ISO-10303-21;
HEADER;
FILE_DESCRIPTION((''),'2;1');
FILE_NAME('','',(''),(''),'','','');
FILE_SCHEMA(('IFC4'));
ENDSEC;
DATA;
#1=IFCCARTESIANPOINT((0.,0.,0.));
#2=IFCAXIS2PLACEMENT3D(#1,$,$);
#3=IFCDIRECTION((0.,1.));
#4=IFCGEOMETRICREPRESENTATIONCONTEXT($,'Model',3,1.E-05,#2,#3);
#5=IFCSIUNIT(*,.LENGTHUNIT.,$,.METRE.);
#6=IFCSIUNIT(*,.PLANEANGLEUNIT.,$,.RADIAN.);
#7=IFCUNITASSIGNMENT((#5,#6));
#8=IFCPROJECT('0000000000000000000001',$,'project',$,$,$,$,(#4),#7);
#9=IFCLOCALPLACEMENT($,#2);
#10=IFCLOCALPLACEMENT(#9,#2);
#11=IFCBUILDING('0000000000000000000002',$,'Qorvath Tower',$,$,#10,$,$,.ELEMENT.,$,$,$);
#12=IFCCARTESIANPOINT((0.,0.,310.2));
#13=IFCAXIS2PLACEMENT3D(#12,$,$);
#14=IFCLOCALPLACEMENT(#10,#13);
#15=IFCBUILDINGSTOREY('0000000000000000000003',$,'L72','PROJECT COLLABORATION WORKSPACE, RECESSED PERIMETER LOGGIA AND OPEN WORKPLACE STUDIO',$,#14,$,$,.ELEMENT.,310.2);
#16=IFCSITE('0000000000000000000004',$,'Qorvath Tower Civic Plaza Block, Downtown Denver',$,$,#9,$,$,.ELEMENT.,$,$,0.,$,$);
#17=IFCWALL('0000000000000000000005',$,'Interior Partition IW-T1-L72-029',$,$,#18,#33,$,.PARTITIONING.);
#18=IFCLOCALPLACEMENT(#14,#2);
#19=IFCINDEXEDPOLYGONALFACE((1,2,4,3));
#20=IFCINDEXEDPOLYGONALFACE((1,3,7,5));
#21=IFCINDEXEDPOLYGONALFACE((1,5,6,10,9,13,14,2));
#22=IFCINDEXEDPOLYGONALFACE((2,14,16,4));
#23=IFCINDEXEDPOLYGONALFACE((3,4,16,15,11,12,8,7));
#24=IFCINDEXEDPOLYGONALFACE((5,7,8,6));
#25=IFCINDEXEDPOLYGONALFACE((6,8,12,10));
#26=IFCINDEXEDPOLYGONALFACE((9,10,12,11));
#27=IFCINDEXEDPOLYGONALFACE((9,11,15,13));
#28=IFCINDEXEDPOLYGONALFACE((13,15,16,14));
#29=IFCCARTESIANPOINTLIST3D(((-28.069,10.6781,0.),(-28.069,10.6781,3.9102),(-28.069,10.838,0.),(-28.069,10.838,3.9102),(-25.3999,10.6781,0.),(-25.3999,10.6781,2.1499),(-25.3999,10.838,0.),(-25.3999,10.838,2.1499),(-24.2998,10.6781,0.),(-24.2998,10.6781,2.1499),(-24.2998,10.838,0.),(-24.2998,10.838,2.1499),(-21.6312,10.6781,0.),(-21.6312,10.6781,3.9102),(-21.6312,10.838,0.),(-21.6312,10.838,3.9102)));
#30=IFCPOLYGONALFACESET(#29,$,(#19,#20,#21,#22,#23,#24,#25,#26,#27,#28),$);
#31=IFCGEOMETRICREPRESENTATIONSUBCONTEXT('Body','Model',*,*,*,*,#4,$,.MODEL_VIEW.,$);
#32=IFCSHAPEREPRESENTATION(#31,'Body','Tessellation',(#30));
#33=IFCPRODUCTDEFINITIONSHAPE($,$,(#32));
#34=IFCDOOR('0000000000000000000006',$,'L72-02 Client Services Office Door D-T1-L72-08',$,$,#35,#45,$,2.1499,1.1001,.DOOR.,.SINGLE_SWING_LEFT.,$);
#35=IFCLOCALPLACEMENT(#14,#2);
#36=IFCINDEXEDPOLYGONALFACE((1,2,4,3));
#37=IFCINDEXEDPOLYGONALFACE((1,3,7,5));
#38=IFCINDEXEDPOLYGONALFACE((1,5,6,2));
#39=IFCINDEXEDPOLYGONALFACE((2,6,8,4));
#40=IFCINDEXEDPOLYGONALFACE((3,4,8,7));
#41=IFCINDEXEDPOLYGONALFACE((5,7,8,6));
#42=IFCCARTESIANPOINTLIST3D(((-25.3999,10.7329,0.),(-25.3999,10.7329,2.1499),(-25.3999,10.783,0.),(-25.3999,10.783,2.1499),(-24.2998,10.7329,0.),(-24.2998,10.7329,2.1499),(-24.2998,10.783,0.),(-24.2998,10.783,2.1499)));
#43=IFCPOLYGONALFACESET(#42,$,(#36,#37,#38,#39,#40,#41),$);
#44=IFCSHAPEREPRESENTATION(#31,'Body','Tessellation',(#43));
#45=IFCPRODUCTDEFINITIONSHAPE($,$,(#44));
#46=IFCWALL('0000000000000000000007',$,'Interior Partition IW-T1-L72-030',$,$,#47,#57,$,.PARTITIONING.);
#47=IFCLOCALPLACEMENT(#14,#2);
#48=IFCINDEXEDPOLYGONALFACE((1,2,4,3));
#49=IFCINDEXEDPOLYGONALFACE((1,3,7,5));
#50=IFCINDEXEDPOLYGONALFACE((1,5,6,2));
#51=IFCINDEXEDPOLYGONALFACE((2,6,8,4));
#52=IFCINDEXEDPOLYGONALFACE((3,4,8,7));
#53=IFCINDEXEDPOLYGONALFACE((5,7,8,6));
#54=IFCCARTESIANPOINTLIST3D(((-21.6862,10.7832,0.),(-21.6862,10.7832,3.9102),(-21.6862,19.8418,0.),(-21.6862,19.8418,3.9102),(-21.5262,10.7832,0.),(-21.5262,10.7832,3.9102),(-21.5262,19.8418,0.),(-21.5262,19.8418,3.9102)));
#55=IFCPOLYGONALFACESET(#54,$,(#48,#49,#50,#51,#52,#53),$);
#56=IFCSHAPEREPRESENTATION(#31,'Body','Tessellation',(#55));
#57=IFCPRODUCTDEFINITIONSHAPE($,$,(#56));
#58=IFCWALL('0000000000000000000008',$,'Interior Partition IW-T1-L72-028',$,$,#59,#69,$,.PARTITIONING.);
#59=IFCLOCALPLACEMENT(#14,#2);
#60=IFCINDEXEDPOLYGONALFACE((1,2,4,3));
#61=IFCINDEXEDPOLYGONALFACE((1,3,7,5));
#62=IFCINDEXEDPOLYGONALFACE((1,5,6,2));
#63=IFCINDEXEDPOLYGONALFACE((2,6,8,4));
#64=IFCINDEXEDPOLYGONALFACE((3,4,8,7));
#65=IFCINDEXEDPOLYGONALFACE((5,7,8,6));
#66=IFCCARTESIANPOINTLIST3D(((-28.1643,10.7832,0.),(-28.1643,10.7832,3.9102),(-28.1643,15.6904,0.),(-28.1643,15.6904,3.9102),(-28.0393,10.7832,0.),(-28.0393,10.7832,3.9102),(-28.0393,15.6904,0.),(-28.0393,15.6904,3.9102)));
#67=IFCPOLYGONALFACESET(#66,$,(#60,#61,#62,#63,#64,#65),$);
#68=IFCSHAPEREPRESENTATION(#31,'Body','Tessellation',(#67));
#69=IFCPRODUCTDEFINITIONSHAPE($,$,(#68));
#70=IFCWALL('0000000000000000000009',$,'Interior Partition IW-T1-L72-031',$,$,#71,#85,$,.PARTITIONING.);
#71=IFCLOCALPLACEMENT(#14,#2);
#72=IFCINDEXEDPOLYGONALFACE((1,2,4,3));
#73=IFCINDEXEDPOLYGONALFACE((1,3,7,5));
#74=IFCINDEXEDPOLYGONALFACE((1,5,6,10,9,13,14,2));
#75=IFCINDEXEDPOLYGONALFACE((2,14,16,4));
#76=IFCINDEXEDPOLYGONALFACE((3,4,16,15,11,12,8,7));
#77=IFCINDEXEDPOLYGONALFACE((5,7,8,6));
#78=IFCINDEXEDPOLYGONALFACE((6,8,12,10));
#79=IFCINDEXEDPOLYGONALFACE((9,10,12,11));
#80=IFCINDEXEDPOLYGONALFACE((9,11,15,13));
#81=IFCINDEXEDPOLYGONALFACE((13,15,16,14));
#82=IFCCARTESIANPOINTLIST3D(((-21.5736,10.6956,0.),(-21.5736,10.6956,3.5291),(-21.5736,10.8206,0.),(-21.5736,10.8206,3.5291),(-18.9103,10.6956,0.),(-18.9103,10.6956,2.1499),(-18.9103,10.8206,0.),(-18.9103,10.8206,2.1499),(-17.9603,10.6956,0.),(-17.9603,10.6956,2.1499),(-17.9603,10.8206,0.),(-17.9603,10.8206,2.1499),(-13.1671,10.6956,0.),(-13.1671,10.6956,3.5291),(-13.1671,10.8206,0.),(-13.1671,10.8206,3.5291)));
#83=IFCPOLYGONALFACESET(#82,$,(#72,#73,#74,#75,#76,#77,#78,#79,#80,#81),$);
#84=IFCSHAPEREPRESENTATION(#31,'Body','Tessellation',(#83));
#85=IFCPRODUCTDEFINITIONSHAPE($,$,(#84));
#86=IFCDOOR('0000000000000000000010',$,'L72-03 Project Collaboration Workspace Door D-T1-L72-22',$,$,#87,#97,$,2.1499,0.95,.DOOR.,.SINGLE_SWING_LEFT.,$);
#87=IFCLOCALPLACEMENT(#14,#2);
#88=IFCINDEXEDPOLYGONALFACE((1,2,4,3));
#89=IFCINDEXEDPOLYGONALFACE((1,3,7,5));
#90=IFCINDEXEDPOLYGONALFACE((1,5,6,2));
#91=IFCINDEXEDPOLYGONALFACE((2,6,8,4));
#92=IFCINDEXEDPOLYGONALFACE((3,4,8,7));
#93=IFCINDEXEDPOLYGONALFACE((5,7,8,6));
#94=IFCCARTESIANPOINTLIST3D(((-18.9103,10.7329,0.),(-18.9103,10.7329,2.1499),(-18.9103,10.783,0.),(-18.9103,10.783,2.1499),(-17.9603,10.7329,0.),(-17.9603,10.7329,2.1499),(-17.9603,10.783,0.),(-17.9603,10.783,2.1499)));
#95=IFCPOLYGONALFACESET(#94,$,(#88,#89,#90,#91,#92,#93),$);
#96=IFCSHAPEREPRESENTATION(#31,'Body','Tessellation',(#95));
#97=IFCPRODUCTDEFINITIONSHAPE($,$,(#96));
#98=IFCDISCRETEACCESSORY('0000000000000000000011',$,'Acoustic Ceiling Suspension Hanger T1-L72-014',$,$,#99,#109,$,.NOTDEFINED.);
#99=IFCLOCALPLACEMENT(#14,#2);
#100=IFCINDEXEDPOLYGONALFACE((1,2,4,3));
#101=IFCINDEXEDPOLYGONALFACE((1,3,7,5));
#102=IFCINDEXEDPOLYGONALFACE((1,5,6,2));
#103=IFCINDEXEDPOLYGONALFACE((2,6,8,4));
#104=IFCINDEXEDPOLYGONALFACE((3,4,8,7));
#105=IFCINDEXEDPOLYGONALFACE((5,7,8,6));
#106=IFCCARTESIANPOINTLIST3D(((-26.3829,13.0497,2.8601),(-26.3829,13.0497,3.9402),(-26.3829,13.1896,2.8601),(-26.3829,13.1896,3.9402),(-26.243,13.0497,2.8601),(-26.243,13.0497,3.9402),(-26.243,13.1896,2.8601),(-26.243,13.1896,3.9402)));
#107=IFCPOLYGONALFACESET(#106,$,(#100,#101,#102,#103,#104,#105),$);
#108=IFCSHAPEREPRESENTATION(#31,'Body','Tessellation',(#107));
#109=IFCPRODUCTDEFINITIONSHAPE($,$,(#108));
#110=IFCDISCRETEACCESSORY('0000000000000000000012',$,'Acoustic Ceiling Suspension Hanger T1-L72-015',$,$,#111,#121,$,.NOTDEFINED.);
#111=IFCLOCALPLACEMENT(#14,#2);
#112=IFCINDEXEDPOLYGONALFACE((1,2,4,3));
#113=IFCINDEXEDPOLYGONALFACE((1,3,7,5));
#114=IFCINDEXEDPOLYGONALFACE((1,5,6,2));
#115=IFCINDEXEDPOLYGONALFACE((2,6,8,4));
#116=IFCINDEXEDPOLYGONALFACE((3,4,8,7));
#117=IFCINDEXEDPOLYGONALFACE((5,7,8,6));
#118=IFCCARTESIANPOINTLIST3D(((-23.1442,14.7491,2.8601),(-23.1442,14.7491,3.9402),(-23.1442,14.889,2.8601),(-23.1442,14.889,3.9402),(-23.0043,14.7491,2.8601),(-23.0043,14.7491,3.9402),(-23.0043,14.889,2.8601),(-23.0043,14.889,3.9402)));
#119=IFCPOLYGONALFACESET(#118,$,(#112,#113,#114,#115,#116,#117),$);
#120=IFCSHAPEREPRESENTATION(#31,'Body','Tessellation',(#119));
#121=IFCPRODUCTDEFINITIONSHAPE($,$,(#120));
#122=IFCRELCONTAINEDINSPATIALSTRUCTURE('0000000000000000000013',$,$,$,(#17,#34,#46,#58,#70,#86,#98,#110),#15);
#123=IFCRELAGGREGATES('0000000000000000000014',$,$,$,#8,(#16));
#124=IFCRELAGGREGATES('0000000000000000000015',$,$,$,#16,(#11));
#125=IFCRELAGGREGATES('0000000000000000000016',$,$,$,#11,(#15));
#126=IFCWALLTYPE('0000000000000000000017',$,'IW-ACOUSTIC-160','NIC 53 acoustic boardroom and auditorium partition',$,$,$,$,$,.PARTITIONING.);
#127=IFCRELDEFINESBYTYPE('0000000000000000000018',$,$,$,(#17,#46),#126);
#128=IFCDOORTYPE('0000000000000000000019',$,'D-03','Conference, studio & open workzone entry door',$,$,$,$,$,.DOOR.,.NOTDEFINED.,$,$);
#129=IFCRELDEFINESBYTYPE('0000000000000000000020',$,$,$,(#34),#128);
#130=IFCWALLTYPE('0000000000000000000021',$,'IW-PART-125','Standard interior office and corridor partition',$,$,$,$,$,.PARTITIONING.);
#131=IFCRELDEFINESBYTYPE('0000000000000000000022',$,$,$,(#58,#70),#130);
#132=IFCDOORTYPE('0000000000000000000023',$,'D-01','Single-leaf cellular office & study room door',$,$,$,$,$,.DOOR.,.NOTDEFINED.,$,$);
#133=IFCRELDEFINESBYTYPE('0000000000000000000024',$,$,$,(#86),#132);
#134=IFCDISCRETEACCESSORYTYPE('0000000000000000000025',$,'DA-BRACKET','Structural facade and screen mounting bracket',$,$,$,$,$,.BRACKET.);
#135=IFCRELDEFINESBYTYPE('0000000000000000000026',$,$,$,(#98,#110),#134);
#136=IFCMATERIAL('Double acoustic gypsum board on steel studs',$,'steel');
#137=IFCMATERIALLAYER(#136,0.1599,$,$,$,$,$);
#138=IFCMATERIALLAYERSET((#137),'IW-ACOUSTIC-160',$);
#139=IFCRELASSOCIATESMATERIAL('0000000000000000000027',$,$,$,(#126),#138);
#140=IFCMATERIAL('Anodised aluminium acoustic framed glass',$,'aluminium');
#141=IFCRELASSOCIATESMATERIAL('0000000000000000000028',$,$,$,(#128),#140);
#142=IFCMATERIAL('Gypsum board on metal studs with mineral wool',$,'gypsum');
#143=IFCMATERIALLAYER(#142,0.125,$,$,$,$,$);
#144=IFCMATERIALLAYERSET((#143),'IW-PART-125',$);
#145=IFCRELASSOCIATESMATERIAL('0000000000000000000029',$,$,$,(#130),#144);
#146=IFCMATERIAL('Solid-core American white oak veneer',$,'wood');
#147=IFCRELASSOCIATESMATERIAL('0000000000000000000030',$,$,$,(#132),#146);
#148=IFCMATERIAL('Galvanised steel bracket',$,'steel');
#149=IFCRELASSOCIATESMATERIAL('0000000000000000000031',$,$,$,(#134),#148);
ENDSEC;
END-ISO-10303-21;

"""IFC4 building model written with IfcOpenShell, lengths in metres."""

from ifc_helpers import new_model, si_unit, direction, frame, frame_2d, origin, origin_2d, place, context, subcontext, project, spatial, rectangle, extrude, material, layer, layer_set, type_object, element, fill, save


model = new_model("IFC4")

# Units and contexts
model_context = context("Model", 3, precision=1e-05, world=origin(), true_north=direction((0.0, 1.0)))
body_context = subcontext(model_context, "Body", "Model", "MODEL_VIEW")
ifc_project = project(units=[si_unit("LENGTHUNIT", "METRE"), si_unit("PLANEANGLEUNIT", "RADIAN")], contexts=[model_context])

# Site, building, storey
site_placement = place(None, origin())
site = spatial("IfcSite", under=ifc_project, at=site_placement, Name="Qorvath Tower Civic Plaza Block, Downtown Denver", CompositionType="ELEMENT", RefElevation=0.0)
building_placement = place(site_placement, origin())
building = spatial("IfcBuilding", under=site, at=building_placement, Name="Qorvath Tower", CompositionType="ELEMENT")
storey_placement = place(building_placement, frame((0.0, 0.0, 310.2)))
storey = spatial("IfcBuildingStorey", under=building, at=storey_placement, Name="L72", Description="PROJECT COLLABORATION WORKSPACE, RECESSED PERIMETER LOGGIA AND OPEN WORKPLACE STUDIO", CompositionType="ELEMENT", Elevation=310.2)

# Wall, opening, door
ifc_material_1 = material(Name="Double acoustic gypsum board on steel studs", Category="steel")
ifc_layer_1 = layer(ifc_material_1, 0.1599)
ifc_layer_set_1 = layer_set([ifc_layer_1], Name="IW-ACOUSTIC-160")
wall_type_1 = type_object("IfcWallType", Name="IW-ACOUSTIC-160", Description="NIC 53 acoustic boardroom and auditorium partition", PredefinedType="PARTITIONING", material=ifc_layer_set_1)
wall_1_placement = place(storey_placement, frame((-28.0688, 10.7581, 0.0), z_axis=(0.0, 0.0, 1.0), x_axis=(1.0, 0.0, 0.0)))
wall_1 = element("IfcWall", 1, at=wall_1_placement, inside=storey, type_object=wall_type_1, Name="Interior Partition IW-T1-L72-029", PredefinedType="PARTITIONING", context=body_context, shape_type="SweptSolid", body=[
    extrude(rectangle(XDim=6.4377, YDim=0.1599, at=frame_2d((3.2188, 0.0))), origin(), (0.0, 0.0, 1.0), 3.9102),
])
opening_1_placement = place(wall_1_placement, frame((2.6689, 0.0, 0.0)))
opening_1 = element("IfcOpeningElement", 2, at=opening_1_placement, cuts=wall_1, PredefinedType="OPENING", context=body_context, shape_type="SweptSolid", body=[
    extrude(rectangle(XDim=1.1001, YDim=2.1499, at=frame_2d((0.55, 1.075))), frame((0.0, 0.0898, 0.0), z_axis=(0.0, -1.0, 0.0), x_axis=(1.0, 0.0, 0.0)), (0.0, 0.0, 1.0), 0.1799),
])
ifc_material_2 = material(Name="Anodised aluminium acoustic framed glass", Category="aluminium")
door_type_1 = type_object("IfcDoorType", Name="D-03", Description="Conference, studio & open workzone entry door", OperationType="NOTDEFINED", PredefinedType="DOOR", material=ifc_material_2)
door_1_placement = place(opening_1_placement, origin())
door_1 = element("IfcDoor", 3, at=door_1_placement, inside=storey, type_object=door_type_1, Name="L72-02 Client Services Office Door D-T1-L72-08", OperationType="SINGLE_SWING_LEFT", OverallHeight=2.1499, OverallWidth=1.1001, PredefinedType="DOOR", context=body_context, shape_type="SweptSolid", body=[
    extrude(rectangle(XDim=1.1001, YDim=2.1499, at=frame_2d((0.55, 1.075))), frame((0.0, 0.0249, 0.0), z_axis=(0.0, -1.0, 0.0), x_axis=(1.0, 0.0, 0.0)), (0.0, 0.0, 1.0), 0.05),
])
fill(opening_1, door_1)

# Walls
wall_2_placement = place(storey_placement, frame((-21.6062, 10.7832, 0.0), z_axis=(0.0, 0.0, 1.0), x_axis=(0.0, 1.0, 0.0)))
element("IfcWall", 4, at=wall_2_placement, inside=storey, type_object=wall_type_1, Name="Interior Partition IW-T1-L72-030", PredefinedType="PARTITIONING", context=body_context, shape_type="SweptSolid", body=[
    extrude(rectangle(XDim=9.0586, YDim=0.1599, at=frame_2d((4.5293, 0.0))), origin(), (0.0, 0.0, 1.0), 3.9102),
])
ifc_material_3 = material(Name="Gypsum board on metal studs with mineral wool", Category="gypsum")
ifc_layer_2 = layer(ifc_material_3, 0.125)
ifc_layer_set_2 = layer_set([ifc_layer_2], Name="IW-PART-125")
wall_type_2 = type_object("IfcWallType", Name="IW-PART-125", Description="Standard interior office and corridor partition", PredefinedType="PARTITIONING", material=ifc_layer_set_2)
wall_3_placement = place(storey_placement, frame((-28.1018, 10.7832, 0.0), z_axis=(0.0, 0.0, 1.0), x_axis=(0.0, 1.0, 0.0)))
element("IfcWall", 5, at=wall_3_placement, inside=storey, type_object=wall_type_2, Name="Interior Partition IW-T1-L72-028", PredefinedType="PARTITIONING", context=body_context, shape_type="SweptSolid", body=[
    extrude(rectangle(XDim=4.9072, YDim=0.125, at=frame_2d((2.4536, 0.0))), origin(), (0.0, 0.0, 1.0), 3.9102),
])

# Wall, opening, door
wall_4_placement = place(storey_placement, frame((-21.5735, 10.7581, 0.0), z_axis=(0.0, 0.0, 1.0), x_axis=(1.0, 0.0, 0.0)))
wall_4 = element("IfcWall", 6, at=wall_4_placement, inside=storey, type_object=wall_type_2, Name="Interior Partition IW-T1-L72-031", PredefinedType="PARTITIONING", context=body_context, shape_type="SweptSolid", body=[
    extrude(rectangle(XDim=8.4065, YDim=0.125, at=frame_2d((4.2031, 0.0))), origin(), (0.0, 0.0, 1.0), 3.5291),
])
opening_2_placement = place(wall_4_placement, frame((2.6631, 0.0, 0.0)))
opening_2 = element("IfcOpeningElement", 7, at=opening_2_placement, cuts=wall_4, PredefinedType="OPENING", context=body_context, shape_type="SweptSolid", body=[
    extrude(rectangle(XDim=0.95, YDim=2.1499, at=frame_2d((0.4751, 1.075))), frame((0.0, 0.0725, 0.0), z_axis=(0.0, -1.0, 0.0), x_axis=(1.0, 0.0, 0.0)), (0.0, 0.0, 1.0), 0.145),
])
ifc_material_4 = material(Name="Solid-core American white oak veneer", Category="wood")
door_type_2 = type_object("IfcDoorType", Name="D-01", Description="Single-leaf cellular office & study room door", OperationType="NOTDEFINED", PredefinedType="DOOR", material=ifc_material_4)
door_2_placement = place(opening_2_placement, origin())
door_2 = element("IfcDoor", 8, at=door_2_placement, inside=storey, type_object=door_type_2, Name="L72-03 Project Collaboration Workspace Door D-T1-L72-22", OperationType="SINGLE_SWING_LEFT", OverallHeight=2.1499, OverallWidth=0.95, PredefinedType="DOOR", context=body_context, shape_type="SweptSolid", body=[
    extrude(rectangle(XDim=0.95, YDim=2.1499, at=frame_2d((0.4751, 1.075))), frame((0.0, 0.0249, 0.0), z_axis=(0.0, -1.0, 0.0), x_axis=(1.0, 0.0, 0.0)), (0.0, 0.0, 1.0), 0.05),
])
fill(opening_2, door_2)

# Discrete accessories
ifc_material_5 = material(Name="Galvanised steel bracket", Category="steel")
discrete_accessory_type = type_object("IfcDiscreteAccessoryType", Name="DA-BRACKET", Description="Structural facade and screen mounting bracket", PredefinedType="BRACKET", material=ifc_material_5)
for number, where, z_axis, x_axis, name in (
    (9, (-26.313, 13.1196, 2.8601), (0.0, 0.0, 1.0), (1.0, 0.0, 0.0), "Acoustic Ceiling Suspension Hanger T1-L72-014"),
    (10, (-23.0742, 14.8191, 2.8601), (0.0, 0.0, 1.0), (1.0, 0.0, 0.0), "Acoustic Ceiling Suspension Hanger T1-L72-015"),
):
    element("IfcDiscreteAccessory", number, at=place(storey_placement, frame(where, z_axis=z_axis, x_axis=x_axis)), inside=storey, type_object=discrete_accessory_type, Name=name, PredefinedType="NOTDEFINED", context=body_context, shape_type="SweptSolid", body=[
        extrude(rectangle(XDim=0.1399, YDim=0.1399, at=origin_2d()), origin(), (0.0, 0.0, 1.0), 1.0801),
    ])

save(model, "model.ifc")
